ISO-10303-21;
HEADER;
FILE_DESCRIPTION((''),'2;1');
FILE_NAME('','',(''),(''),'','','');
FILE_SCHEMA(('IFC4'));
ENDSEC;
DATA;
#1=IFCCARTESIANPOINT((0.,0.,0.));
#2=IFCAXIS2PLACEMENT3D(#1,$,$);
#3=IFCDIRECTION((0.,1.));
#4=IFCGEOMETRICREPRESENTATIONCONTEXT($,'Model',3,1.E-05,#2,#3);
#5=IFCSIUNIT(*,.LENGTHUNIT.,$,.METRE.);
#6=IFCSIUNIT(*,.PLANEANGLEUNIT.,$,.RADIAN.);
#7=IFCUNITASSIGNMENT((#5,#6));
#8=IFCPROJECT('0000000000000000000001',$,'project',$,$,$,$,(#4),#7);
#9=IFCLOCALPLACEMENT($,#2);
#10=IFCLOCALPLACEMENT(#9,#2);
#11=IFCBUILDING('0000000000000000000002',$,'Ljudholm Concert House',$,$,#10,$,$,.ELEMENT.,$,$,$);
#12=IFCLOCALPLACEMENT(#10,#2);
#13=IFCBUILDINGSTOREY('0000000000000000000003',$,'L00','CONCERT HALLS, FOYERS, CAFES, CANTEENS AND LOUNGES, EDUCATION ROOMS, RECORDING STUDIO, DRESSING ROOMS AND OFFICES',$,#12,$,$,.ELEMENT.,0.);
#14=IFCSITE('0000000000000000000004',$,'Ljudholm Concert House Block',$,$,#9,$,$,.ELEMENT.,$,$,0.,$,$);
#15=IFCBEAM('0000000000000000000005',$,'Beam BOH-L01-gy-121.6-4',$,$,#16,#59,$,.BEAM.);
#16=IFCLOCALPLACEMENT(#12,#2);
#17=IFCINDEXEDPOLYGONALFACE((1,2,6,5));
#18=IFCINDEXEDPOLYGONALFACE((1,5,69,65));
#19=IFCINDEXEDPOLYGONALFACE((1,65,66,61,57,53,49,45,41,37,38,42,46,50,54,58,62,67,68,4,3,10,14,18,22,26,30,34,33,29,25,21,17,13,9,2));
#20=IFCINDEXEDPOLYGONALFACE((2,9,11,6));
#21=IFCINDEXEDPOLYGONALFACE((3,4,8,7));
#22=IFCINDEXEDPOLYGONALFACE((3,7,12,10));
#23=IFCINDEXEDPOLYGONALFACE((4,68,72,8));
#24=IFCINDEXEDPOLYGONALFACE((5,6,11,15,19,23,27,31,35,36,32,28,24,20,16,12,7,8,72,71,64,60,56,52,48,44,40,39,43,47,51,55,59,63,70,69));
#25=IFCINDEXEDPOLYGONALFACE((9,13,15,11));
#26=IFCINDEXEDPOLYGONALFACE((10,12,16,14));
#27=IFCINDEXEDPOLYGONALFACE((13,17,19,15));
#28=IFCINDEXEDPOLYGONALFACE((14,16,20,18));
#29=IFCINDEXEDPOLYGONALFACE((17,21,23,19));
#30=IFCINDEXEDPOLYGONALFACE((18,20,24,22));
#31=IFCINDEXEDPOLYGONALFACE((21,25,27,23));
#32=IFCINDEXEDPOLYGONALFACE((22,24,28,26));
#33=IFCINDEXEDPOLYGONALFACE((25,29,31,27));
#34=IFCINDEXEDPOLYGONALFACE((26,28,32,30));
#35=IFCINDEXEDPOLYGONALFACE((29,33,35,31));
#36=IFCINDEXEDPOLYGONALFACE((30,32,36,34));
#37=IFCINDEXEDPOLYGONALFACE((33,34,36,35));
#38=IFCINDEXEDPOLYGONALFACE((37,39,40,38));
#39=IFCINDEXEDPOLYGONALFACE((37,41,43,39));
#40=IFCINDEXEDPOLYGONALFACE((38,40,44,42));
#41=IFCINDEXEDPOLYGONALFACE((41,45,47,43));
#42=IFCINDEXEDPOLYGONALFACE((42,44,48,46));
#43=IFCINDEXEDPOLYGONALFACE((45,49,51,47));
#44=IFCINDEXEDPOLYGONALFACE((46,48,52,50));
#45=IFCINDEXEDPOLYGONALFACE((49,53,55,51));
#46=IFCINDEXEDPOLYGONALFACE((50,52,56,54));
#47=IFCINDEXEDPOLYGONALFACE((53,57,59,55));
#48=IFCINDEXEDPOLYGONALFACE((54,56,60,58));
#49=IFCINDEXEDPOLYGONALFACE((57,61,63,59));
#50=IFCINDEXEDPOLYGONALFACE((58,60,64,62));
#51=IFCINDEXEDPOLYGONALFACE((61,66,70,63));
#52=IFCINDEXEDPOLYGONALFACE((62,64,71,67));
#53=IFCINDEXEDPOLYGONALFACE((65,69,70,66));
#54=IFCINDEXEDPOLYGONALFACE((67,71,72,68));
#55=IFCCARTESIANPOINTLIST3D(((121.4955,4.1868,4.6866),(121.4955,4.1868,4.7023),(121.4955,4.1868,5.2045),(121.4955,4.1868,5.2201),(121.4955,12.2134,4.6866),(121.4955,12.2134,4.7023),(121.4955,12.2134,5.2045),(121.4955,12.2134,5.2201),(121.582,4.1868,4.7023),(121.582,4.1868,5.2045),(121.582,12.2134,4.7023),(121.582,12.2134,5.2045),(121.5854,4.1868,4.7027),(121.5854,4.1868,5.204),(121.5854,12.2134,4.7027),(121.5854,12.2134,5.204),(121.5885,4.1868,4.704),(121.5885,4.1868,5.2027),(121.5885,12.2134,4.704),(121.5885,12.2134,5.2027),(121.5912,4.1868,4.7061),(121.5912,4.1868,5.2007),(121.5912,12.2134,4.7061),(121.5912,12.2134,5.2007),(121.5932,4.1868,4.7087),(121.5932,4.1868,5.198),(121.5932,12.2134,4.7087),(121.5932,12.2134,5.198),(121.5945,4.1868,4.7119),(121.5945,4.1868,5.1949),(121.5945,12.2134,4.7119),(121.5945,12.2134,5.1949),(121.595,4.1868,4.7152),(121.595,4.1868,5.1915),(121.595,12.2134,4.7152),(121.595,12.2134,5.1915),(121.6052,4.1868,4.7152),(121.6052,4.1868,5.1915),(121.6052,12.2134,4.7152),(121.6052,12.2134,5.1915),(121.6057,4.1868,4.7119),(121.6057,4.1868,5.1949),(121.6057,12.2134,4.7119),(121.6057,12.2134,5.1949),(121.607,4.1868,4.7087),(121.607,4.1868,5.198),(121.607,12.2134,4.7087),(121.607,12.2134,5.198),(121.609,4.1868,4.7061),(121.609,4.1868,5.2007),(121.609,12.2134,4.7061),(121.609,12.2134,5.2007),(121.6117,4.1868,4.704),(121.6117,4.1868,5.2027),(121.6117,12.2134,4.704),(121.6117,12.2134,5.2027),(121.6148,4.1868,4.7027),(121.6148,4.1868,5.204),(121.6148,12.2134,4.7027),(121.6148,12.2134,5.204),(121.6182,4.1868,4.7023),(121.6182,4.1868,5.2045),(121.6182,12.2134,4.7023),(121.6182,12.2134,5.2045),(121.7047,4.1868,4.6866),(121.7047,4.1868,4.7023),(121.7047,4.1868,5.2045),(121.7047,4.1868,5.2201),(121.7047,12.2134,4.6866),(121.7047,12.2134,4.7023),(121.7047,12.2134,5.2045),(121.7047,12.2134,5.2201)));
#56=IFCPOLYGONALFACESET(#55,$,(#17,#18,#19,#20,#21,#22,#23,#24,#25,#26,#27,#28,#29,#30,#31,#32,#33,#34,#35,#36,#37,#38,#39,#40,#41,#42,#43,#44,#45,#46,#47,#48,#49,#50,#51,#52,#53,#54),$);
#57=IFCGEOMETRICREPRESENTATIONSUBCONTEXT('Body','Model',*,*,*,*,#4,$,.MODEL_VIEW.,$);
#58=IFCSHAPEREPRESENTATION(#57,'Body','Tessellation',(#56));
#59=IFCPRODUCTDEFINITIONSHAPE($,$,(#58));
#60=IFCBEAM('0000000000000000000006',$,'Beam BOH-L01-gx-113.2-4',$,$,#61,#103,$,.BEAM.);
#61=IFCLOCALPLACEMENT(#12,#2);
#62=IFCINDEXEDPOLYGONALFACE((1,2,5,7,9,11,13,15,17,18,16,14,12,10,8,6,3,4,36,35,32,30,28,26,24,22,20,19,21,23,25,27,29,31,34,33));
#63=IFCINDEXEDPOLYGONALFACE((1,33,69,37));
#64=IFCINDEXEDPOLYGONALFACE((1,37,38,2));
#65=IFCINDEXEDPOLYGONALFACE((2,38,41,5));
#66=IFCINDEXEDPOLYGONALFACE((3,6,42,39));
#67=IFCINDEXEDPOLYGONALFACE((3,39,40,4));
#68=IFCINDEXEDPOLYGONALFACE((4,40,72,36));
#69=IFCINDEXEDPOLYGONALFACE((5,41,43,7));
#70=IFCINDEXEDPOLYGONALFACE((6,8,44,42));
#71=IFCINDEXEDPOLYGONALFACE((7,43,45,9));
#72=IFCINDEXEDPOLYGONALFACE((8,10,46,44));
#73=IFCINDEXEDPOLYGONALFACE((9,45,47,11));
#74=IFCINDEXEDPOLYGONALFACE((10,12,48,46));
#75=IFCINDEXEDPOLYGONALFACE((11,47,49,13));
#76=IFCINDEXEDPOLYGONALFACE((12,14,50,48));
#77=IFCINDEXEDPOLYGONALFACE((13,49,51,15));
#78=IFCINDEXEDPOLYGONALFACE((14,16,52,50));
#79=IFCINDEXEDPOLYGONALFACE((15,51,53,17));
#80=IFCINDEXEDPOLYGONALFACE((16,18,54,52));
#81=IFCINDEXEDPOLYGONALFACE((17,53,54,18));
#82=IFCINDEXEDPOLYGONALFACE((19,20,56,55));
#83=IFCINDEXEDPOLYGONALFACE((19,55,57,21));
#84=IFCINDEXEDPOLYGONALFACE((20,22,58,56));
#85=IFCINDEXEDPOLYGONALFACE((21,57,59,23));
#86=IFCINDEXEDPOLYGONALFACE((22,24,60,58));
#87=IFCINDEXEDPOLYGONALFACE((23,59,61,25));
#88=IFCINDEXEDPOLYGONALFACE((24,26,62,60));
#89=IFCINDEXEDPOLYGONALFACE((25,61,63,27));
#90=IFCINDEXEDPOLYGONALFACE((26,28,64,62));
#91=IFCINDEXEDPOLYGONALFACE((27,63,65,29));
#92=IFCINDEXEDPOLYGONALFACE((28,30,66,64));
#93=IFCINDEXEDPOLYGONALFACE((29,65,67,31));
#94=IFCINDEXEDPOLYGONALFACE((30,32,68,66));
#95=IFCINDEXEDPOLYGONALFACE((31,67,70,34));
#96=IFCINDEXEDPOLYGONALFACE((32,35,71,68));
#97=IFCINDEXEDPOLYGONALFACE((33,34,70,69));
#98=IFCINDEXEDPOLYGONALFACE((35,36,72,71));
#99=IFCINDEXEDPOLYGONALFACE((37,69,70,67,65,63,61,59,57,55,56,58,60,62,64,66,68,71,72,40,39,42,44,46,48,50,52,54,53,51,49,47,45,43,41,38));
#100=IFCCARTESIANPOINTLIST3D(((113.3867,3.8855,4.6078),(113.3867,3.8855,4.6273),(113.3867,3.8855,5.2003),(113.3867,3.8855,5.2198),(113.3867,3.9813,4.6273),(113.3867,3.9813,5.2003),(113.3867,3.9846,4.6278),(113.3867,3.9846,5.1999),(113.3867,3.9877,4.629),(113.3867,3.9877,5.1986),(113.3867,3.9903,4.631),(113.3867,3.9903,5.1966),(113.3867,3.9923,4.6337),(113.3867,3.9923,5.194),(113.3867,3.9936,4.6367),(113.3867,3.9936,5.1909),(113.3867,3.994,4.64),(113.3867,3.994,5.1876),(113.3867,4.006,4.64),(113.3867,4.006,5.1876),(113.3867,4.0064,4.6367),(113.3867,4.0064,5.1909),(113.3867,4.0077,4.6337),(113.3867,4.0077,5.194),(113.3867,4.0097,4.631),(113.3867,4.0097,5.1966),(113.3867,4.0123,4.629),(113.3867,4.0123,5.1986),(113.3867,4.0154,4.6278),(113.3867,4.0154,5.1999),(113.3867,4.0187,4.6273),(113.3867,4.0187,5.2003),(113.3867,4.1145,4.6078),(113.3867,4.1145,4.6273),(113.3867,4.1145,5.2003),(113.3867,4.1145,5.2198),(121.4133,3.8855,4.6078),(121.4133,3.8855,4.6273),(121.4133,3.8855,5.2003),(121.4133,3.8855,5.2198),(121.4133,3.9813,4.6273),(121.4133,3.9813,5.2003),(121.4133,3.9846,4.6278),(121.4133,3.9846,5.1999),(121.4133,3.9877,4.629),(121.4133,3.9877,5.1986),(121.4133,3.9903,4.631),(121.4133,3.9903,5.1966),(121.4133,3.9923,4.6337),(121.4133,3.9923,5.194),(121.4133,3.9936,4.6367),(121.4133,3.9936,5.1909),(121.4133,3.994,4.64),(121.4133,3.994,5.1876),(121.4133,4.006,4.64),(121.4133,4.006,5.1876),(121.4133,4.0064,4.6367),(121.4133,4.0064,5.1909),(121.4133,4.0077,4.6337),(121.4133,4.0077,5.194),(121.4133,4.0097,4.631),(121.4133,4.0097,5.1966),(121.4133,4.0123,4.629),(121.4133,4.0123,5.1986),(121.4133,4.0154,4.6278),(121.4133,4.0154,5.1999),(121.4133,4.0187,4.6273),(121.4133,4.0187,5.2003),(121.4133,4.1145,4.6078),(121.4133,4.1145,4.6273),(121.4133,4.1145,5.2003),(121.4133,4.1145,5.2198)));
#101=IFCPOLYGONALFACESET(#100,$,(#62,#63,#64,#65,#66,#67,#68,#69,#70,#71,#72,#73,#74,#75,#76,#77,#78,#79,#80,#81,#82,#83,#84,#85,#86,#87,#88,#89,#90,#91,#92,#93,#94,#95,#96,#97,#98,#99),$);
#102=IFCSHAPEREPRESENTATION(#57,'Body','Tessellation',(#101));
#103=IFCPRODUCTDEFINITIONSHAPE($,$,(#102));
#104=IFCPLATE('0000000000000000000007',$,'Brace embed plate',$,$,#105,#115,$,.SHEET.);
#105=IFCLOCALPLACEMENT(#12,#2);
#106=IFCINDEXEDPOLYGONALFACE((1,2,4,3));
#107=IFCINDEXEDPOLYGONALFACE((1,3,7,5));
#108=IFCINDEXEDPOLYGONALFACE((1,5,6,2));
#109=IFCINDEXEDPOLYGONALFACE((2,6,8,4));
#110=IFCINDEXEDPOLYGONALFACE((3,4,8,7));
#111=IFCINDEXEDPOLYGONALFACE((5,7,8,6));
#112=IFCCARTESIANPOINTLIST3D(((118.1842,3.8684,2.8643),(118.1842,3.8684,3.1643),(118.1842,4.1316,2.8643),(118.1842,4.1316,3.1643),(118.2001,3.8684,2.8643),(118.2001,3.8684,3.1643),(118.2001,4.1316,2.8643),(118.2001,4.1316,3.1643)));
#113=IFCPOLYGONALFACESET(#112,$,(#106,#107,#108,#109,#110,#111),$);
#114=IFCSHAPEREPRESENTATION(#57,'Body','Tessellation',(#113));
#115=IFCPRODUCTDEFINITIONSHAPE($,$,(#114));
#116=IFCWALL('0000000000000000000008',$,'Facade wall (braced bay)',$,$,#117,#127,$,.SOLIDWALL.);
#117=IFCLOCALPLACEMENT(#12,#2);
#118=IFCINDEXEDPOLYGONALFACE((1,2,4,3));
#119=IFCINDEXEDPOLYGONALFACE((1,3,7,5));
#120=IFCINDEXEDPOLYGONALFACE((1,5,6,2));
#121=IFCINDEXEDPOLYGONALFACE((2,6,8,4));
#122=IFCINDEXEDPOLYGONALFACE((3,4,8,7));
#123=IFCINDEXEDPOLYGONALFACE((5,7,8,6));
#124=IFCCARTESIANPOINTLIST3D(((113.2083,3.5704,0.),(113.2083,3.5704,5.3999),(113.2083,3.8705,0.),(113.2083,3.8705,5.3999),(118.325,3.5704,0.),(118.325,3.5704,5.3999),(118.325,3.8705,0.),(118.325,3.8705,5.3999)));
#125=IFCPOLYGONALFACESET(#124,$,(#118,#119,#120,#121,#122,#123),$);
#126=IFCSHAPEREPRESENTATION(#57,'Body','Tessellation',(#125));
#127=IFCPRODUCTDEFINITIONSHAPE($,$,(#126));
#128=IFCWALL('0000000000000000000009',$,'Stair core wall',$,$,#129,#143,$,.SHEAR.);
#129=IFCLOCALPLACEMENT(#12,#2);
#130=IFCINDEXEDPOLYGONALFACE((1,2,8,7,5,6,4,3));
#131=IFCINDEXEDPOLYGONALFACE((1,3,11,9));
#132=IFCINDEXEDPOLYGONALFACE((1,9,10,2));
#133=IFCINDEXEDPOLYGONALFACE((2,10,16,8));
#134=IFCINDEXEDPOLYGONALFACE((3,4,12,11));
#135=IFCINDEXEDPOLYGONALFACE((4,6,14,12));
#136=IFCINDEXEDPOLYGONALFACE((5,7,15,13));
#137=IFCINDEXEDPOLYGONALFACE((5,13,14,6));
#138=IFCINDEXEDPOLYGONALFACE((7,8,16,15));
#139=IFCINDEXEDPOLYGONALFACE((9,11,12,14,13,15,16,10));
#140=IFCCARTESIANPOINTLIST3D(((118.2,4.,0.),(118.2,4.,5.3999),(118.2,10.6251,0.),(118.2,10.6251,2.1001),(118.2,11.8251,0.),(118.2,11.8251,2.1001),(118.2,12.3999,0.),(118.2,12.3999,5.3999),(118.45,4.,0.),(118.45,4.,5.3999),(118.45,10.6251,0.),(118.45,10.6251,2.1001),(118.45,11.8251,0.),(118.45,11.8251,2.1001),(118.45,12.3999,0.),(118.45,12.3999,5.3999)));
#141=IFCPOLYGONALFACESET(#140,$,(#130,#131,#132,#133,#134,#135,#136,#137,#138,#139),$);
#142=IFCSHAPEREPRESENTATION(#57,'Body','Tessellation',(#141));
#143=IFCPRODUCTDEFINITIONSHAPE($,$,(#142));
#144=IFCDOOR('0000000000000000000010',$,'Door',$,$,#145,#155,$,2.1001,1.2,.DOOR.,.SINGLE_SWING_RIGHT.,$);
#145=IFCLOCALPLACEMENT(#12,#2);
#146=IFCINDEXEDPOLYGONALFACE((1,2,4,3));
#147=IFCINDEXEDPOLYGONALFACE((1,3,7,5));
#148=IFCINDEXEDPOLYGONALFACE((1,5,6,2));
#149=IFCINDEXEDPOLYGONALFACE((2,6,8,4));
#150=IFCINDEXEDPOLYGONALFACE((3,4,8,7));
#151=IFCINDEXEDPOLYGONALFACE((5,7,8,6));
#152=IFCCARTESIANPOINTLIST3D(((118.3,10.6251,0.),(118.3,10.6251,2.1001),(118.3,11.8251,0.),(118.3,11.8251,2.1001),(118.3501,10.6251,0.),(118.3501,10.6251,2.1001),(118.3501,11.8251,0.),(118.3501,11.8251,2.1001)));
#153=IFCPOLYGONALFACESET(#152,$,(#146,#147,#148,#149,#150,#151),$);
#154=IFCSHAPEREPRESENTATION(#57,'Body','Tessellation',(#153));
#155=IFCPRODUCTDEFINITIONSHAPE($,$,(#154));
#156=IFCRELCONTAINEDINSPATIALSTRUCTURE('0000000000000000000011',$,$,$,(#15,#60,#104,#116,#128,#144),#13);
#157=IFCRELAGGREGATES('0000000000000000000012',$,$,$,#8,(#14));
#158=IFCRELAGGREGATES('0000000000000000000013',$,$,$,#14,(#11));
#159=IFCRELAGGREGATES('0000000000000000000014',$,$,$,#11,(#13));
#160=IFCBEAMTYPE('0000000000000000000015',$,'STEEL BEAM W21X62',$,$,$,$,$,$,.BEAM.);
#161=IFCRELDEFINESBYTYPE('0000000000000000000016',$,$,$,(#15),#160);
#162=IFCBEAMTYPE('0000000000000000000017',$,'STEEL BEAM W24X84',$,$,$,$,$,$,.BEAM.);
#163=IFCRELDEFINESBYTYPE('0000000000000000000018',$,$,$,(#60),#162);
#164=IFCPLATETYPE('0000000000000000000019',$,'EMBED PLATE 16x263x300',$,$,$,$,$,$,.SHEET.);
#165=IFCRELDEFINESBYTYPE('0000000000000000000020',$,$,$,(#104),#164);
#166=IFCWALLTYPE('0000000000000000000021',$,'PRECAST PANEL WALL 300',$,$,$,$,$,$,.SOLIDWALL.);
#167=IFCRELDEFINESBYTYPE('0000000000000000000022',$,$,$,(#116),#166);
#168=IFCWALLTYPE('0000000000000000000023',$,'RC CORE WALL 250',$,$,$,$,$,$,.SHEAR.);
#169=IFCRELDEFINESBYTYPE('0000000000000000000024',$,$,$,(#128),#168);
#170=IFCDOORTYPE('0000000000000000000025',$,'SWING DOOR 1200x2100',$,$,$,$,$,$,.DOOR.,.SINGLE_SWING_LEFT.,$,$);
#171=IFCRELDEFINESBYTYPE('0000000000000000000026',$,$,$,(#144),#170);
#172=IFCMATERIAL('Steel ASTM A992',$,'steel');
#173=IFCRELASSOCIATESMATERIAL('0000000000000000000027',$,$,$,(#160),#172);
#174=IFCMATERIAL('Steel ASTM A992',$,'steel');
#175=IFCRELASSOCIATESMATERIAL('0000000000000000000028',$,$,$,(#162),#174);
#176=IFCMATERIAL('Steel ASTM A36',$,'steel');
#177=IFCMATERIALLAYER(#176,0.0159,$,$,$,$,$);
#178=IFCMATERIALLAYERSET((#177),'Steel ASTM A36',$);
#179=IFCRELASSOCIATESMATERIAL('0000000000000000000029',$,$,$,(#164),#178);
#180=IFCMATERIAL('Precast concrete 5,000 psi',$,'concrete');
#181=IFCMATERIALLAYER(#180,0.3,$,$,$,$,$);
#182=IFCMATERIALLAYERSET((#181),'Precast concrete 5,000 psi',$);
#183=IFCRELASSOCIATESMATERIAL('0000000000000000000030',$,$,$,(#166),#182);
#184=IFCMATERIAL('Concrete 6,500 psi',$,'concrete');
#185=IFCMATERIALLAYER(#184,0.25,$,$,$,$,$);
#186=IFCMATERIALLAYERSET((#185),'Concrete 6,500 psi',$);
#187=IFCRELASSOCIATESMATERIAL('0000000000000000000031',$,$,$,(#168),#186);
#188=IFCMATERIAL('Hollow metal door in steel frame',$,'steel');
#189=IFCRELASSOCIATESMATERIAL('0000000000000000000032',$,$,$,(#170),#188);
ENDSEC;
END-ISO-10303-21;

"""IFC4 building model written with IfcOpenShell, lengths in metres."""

from ifc_helpers import new_model, si_unit, direction, frame, frame_2d, origin, origin_2d, place, context, subcontext, project, spatial, rectangle, i_section, extrude, material, layer, layer_set, material_profile, profile_set, type_object, element, fill, save


model = new_model("IFC4")

# Units and contexts
model_context = context("Model", 3, precision=1e-05, world=origin(), true_north=direction((0.0, 1.0)))
body_context = subcontext(model_context, "Body", "Model", "MODEL_VIEW")
ifc_project = project(units=[si_unit("LENGTHUNIT", "METRE"), si_unit("PLANEANGLEUNIT", "RADIAN")], contexts=[model_context])

# Site, building, storey
site_placement = place(None, origin())
site = spatial("IfcSite", under=ifc_project, at=site_placement, Name="Ljudholm Concert House Block", CompositionType="ELEMENT", RefElevation=0.0)
building_placement = place(site_placement, origin())
building = spatial("IfcBuilding", under=site, at=building_placement, Name="Ljudholm Concert House", CompositionType="ELEMENT")
storey_placement = place(building_placement, origin())
storey = spatial("IfcBuildingStorey", under=building, at=storey_placement, Name="L00", Description="CONCERT HALLS, FOYERS, CAFES, CANTEENS AND LOUNGES, EDUCATION ROOMS, RECORDING STUDIO, DRESSING ROOMS AND OFFICES", CompositionType="ELEMENT", Elevation=0.0)

# Beams
ifc_material_1 = material(Name="Steel ASTM A992", Category="steel")
ifc_material_profile_1 = material_profile(ifc_material_1, i_section(OverallWidth=0.2092, OverallDepth=0.5334, WebThickness=0.0103, FlangeThickness=0.0156, FilletRadius=0.0129, at=origin_2d()), Name="W21X62")
ifc_profile_set_1 = profile_set([ifc_material_profile_1], Name="Steel ASTM A992")
beam_type_1 = type_object("IfcBeamType", Name="STEEL BEAM W21X62", PredefinedType="BEAM", material=ifc_profile_set_1)
beam_1_placement = place(storey_placement, frame((121.6001, 4.1868, 4.9534), z_axis=(0.0, 1.0, 0.0), x_axis=(-1.0, 0.0, 0.0)))
element("IfcBeam", 1, at=beam_1_placement, inside=storey, type_object=beam_type_1, Name="Beam BOH-L01-gy-121.6-4", PredefinedType="BEAM", context=body_context, shape_type="SweptSolid", body=[
    extrude(i_section(OverallWidth=0.2092, OverallDepth=0.5334, WebThickness=0.0103, FlangeThickness=0.0156, FilletRadius=0.0129, at=origin_2d()), origin(), (0.0, 0.0, 1.0), 8.0266),
])
ifc_material_2 = material(Name="Steel ASTM A992", Category="steel")
ifc_material_profile_2 = material_profile(ifc_material_2, i_section(OverallWidth=0.229, OverallDepth=0.6121, WebThickness=0.012, FlangeThickness=0.0195, FilletRadius=0.0127, at=origin_2d()), Name="W24X84")
ifc_profile_set_2 = profile_set([ifc_material_profile_2], Name="Steel ASTM A992")
beam_type_2 = type_object("IfcBeamType", Name="STEEL BEAM W24X84", PredefinedType="BEAM", material=ifc_profile_set_2)
beam_2_placement = place(storey_placement, frame((113.3867, 4.0, 4.9138), z_axis=(1.0, 0.0, 0.0), x_axis=(0.0, 1.0, 0.0)))
element("IfcBeam", 2, at=beam_2_placement, inside=storey, type_object=beam_type_2, Name="Beam BOH-L01-gx-113.2-4", PredefinedType="BEAM", context=body_context, shape_type="SweptSolid", body=[
    extrude(i_section(OverallWidth=0.229, OverallDepth=0.6121, WebThickness=0.012, FlangeThickness=0.0195, FilletRadius=0.0127, at=origin_2d()), origin(), (0.0, 0.0, 1.0), 8.0266),
])

# Plate
ifc_material_3 = material(Name="Steel ASTM A36", Category="steel")
ifc_layer_1 = layer(ifc_material_3, 0.0159)
ifc_layer_set_1 = layer_set([ifc_layer_1], Name="Steel ASTM A36")
plate_type = type_object("IfcPlateType", Name="EMBED PLATE 16x263x300", PredefinedType="SHEET", material=ifc_layer_set_1)
plate_placement = place(storey_placement, frame((118.1921, 4.0, 2.8643), z_axis=(0.0, 0.0, 1.0), x_axis=(1.0, 0.0, 0.0)))
element("IfcPlate", 3, at=plate_placement, inside=storey, type_object=plate_type, Name="Brace embed plate", PredefinedType="SHEET", context=body_context, shape_type="SweptSolid", body=[
    extrude(rectangle(XDim=0.0159, YDim=0.2632, at=origin_2d()), origin(), (0.0, 0.0, 1.0), 0.3),
])

# Wall
ifc_material_4 = material(Name="Precast concrete 5,000 psi", Category="concrete")
ifc_layer_2 = layer(ifc_material_4, 0.3)
ifc_layer_set_2 = layer_set([ifc_layer_2], Name="Precast concrete 5,000 psi")
wall_type_1 = type_object("IfcWallType", Name="PRECAST PANEL WALL 300", PredefinedType="SOLIDWALL", material=ifc_layer_set_2)
wall_1_placement = place(storey_placement, frame((113.2083, 3.7205, 0.0), z_axis=(0.0, 0.0, 1.0), x_axis=(1.0, 0.0, 0.0)))
element("IfcWall", 4, at=wall_1_placement, inside=storey, type_object=wall_type_1, Name="Facade wall (braced bay)", PredefinedType="SOLIDWALL", context=body_context, shape_type="SweptSolid", body=[
    extrude(rectangle(XDim=5.1167, YDim=0.3, at=frame_2d((2.5583, 0.0))), origin(), (0.0, 0.0, 1.0), 5.3999),
])

# Wall, opening, door
ifc_material_5 = material(Name="Concrete 6,500 psi", Category="concrete")
ifc_layer_3 = layer(ifc_material_5, 0.25)
ifc_layer_set_3 = layer_set([ifc_layer_3], Name="Concrete 6,500 psi")
wall_type_2 = type_object("IfcWallType", Name="RC CORE WALL 250", PredefinedType="SHEAR", material=ifc_layer_set_3)
wall_2_placement = place(storey_placement, frame((118.325, 4.0, 0.0), z_axis=(0.0, 0.0, 1.0), x_axis=(0.0, 1.0, 0.0)))
wall_2 = element("IfcWall", 5, at=wall_2_placement, inside=storey, type_object=wall_type_2, Name="Stair core wall", PredefinedType="SHEAR", context=body_context, shape_type="SweptSolid", body=[
    extrude(rectangle(XDim=8.3999, YDim=0.25, at=frame_2d((4.2, 0.0))), origin(), (0.0, 0.0, 1.0), 5.3999),
])
opening_1_placement = place(wall_2_placement, frame((6.625, 0.0, 0.0)))
opening_1 = element("IfcOpeningElement", 6, at=opening_1_placement, cuts=wall_2, PredefinedType="OPENING", context=body_context, shape_type="SweptSolid", body=[
    extrude(rectangle(XDim=1.2, YDim=2.1001, at=frame_2d((0.6001, 1.05))), frame((0.0, 0.135, 0.0), z_axis=(0.0, -1.0, 0.0), x_axis=(1.0, 0.0, 0.0)), (0.0, 0.0, 1.0), 0.27),
])
ifc_material_6 = material(Name="Hollow metal door in steel frame", Category="steel")
door_type_1 = type_object("IfcDoorType", Name="SWING DOOR 1200x2100", OperationType="SINGLE_SWING_LEFT", PredefinedType="DOOR", material=ifc_material_6)
door_1_placement = place(opening_1_placement, origin())
door_1 = element("IfcDoor", 7, at=door_1_placement, inside=storey, type_object=door_type_1, Name="Door", OperationType="SINGLE_SWING_RIGHT", OverallHeight=2.1001, OverallWidth=1.2, PredefinedType="DOOR", context=body_context, shape_type="SweptSolid", body=[
    extrude(rectangle(XDim=1.2, YDim=2.1001, at=frame_2d((0.6001, 1.05))), frame((0.0, 0.0249, 0.0), z_axis=(0.0, -1.0, 0.0), x_axis=(1.0, 0.0, 0.0)), (0.0, 0.0, 1.0), 0.05),
])
fill(opening_1, door_1)

save(model, "model.ifc")
